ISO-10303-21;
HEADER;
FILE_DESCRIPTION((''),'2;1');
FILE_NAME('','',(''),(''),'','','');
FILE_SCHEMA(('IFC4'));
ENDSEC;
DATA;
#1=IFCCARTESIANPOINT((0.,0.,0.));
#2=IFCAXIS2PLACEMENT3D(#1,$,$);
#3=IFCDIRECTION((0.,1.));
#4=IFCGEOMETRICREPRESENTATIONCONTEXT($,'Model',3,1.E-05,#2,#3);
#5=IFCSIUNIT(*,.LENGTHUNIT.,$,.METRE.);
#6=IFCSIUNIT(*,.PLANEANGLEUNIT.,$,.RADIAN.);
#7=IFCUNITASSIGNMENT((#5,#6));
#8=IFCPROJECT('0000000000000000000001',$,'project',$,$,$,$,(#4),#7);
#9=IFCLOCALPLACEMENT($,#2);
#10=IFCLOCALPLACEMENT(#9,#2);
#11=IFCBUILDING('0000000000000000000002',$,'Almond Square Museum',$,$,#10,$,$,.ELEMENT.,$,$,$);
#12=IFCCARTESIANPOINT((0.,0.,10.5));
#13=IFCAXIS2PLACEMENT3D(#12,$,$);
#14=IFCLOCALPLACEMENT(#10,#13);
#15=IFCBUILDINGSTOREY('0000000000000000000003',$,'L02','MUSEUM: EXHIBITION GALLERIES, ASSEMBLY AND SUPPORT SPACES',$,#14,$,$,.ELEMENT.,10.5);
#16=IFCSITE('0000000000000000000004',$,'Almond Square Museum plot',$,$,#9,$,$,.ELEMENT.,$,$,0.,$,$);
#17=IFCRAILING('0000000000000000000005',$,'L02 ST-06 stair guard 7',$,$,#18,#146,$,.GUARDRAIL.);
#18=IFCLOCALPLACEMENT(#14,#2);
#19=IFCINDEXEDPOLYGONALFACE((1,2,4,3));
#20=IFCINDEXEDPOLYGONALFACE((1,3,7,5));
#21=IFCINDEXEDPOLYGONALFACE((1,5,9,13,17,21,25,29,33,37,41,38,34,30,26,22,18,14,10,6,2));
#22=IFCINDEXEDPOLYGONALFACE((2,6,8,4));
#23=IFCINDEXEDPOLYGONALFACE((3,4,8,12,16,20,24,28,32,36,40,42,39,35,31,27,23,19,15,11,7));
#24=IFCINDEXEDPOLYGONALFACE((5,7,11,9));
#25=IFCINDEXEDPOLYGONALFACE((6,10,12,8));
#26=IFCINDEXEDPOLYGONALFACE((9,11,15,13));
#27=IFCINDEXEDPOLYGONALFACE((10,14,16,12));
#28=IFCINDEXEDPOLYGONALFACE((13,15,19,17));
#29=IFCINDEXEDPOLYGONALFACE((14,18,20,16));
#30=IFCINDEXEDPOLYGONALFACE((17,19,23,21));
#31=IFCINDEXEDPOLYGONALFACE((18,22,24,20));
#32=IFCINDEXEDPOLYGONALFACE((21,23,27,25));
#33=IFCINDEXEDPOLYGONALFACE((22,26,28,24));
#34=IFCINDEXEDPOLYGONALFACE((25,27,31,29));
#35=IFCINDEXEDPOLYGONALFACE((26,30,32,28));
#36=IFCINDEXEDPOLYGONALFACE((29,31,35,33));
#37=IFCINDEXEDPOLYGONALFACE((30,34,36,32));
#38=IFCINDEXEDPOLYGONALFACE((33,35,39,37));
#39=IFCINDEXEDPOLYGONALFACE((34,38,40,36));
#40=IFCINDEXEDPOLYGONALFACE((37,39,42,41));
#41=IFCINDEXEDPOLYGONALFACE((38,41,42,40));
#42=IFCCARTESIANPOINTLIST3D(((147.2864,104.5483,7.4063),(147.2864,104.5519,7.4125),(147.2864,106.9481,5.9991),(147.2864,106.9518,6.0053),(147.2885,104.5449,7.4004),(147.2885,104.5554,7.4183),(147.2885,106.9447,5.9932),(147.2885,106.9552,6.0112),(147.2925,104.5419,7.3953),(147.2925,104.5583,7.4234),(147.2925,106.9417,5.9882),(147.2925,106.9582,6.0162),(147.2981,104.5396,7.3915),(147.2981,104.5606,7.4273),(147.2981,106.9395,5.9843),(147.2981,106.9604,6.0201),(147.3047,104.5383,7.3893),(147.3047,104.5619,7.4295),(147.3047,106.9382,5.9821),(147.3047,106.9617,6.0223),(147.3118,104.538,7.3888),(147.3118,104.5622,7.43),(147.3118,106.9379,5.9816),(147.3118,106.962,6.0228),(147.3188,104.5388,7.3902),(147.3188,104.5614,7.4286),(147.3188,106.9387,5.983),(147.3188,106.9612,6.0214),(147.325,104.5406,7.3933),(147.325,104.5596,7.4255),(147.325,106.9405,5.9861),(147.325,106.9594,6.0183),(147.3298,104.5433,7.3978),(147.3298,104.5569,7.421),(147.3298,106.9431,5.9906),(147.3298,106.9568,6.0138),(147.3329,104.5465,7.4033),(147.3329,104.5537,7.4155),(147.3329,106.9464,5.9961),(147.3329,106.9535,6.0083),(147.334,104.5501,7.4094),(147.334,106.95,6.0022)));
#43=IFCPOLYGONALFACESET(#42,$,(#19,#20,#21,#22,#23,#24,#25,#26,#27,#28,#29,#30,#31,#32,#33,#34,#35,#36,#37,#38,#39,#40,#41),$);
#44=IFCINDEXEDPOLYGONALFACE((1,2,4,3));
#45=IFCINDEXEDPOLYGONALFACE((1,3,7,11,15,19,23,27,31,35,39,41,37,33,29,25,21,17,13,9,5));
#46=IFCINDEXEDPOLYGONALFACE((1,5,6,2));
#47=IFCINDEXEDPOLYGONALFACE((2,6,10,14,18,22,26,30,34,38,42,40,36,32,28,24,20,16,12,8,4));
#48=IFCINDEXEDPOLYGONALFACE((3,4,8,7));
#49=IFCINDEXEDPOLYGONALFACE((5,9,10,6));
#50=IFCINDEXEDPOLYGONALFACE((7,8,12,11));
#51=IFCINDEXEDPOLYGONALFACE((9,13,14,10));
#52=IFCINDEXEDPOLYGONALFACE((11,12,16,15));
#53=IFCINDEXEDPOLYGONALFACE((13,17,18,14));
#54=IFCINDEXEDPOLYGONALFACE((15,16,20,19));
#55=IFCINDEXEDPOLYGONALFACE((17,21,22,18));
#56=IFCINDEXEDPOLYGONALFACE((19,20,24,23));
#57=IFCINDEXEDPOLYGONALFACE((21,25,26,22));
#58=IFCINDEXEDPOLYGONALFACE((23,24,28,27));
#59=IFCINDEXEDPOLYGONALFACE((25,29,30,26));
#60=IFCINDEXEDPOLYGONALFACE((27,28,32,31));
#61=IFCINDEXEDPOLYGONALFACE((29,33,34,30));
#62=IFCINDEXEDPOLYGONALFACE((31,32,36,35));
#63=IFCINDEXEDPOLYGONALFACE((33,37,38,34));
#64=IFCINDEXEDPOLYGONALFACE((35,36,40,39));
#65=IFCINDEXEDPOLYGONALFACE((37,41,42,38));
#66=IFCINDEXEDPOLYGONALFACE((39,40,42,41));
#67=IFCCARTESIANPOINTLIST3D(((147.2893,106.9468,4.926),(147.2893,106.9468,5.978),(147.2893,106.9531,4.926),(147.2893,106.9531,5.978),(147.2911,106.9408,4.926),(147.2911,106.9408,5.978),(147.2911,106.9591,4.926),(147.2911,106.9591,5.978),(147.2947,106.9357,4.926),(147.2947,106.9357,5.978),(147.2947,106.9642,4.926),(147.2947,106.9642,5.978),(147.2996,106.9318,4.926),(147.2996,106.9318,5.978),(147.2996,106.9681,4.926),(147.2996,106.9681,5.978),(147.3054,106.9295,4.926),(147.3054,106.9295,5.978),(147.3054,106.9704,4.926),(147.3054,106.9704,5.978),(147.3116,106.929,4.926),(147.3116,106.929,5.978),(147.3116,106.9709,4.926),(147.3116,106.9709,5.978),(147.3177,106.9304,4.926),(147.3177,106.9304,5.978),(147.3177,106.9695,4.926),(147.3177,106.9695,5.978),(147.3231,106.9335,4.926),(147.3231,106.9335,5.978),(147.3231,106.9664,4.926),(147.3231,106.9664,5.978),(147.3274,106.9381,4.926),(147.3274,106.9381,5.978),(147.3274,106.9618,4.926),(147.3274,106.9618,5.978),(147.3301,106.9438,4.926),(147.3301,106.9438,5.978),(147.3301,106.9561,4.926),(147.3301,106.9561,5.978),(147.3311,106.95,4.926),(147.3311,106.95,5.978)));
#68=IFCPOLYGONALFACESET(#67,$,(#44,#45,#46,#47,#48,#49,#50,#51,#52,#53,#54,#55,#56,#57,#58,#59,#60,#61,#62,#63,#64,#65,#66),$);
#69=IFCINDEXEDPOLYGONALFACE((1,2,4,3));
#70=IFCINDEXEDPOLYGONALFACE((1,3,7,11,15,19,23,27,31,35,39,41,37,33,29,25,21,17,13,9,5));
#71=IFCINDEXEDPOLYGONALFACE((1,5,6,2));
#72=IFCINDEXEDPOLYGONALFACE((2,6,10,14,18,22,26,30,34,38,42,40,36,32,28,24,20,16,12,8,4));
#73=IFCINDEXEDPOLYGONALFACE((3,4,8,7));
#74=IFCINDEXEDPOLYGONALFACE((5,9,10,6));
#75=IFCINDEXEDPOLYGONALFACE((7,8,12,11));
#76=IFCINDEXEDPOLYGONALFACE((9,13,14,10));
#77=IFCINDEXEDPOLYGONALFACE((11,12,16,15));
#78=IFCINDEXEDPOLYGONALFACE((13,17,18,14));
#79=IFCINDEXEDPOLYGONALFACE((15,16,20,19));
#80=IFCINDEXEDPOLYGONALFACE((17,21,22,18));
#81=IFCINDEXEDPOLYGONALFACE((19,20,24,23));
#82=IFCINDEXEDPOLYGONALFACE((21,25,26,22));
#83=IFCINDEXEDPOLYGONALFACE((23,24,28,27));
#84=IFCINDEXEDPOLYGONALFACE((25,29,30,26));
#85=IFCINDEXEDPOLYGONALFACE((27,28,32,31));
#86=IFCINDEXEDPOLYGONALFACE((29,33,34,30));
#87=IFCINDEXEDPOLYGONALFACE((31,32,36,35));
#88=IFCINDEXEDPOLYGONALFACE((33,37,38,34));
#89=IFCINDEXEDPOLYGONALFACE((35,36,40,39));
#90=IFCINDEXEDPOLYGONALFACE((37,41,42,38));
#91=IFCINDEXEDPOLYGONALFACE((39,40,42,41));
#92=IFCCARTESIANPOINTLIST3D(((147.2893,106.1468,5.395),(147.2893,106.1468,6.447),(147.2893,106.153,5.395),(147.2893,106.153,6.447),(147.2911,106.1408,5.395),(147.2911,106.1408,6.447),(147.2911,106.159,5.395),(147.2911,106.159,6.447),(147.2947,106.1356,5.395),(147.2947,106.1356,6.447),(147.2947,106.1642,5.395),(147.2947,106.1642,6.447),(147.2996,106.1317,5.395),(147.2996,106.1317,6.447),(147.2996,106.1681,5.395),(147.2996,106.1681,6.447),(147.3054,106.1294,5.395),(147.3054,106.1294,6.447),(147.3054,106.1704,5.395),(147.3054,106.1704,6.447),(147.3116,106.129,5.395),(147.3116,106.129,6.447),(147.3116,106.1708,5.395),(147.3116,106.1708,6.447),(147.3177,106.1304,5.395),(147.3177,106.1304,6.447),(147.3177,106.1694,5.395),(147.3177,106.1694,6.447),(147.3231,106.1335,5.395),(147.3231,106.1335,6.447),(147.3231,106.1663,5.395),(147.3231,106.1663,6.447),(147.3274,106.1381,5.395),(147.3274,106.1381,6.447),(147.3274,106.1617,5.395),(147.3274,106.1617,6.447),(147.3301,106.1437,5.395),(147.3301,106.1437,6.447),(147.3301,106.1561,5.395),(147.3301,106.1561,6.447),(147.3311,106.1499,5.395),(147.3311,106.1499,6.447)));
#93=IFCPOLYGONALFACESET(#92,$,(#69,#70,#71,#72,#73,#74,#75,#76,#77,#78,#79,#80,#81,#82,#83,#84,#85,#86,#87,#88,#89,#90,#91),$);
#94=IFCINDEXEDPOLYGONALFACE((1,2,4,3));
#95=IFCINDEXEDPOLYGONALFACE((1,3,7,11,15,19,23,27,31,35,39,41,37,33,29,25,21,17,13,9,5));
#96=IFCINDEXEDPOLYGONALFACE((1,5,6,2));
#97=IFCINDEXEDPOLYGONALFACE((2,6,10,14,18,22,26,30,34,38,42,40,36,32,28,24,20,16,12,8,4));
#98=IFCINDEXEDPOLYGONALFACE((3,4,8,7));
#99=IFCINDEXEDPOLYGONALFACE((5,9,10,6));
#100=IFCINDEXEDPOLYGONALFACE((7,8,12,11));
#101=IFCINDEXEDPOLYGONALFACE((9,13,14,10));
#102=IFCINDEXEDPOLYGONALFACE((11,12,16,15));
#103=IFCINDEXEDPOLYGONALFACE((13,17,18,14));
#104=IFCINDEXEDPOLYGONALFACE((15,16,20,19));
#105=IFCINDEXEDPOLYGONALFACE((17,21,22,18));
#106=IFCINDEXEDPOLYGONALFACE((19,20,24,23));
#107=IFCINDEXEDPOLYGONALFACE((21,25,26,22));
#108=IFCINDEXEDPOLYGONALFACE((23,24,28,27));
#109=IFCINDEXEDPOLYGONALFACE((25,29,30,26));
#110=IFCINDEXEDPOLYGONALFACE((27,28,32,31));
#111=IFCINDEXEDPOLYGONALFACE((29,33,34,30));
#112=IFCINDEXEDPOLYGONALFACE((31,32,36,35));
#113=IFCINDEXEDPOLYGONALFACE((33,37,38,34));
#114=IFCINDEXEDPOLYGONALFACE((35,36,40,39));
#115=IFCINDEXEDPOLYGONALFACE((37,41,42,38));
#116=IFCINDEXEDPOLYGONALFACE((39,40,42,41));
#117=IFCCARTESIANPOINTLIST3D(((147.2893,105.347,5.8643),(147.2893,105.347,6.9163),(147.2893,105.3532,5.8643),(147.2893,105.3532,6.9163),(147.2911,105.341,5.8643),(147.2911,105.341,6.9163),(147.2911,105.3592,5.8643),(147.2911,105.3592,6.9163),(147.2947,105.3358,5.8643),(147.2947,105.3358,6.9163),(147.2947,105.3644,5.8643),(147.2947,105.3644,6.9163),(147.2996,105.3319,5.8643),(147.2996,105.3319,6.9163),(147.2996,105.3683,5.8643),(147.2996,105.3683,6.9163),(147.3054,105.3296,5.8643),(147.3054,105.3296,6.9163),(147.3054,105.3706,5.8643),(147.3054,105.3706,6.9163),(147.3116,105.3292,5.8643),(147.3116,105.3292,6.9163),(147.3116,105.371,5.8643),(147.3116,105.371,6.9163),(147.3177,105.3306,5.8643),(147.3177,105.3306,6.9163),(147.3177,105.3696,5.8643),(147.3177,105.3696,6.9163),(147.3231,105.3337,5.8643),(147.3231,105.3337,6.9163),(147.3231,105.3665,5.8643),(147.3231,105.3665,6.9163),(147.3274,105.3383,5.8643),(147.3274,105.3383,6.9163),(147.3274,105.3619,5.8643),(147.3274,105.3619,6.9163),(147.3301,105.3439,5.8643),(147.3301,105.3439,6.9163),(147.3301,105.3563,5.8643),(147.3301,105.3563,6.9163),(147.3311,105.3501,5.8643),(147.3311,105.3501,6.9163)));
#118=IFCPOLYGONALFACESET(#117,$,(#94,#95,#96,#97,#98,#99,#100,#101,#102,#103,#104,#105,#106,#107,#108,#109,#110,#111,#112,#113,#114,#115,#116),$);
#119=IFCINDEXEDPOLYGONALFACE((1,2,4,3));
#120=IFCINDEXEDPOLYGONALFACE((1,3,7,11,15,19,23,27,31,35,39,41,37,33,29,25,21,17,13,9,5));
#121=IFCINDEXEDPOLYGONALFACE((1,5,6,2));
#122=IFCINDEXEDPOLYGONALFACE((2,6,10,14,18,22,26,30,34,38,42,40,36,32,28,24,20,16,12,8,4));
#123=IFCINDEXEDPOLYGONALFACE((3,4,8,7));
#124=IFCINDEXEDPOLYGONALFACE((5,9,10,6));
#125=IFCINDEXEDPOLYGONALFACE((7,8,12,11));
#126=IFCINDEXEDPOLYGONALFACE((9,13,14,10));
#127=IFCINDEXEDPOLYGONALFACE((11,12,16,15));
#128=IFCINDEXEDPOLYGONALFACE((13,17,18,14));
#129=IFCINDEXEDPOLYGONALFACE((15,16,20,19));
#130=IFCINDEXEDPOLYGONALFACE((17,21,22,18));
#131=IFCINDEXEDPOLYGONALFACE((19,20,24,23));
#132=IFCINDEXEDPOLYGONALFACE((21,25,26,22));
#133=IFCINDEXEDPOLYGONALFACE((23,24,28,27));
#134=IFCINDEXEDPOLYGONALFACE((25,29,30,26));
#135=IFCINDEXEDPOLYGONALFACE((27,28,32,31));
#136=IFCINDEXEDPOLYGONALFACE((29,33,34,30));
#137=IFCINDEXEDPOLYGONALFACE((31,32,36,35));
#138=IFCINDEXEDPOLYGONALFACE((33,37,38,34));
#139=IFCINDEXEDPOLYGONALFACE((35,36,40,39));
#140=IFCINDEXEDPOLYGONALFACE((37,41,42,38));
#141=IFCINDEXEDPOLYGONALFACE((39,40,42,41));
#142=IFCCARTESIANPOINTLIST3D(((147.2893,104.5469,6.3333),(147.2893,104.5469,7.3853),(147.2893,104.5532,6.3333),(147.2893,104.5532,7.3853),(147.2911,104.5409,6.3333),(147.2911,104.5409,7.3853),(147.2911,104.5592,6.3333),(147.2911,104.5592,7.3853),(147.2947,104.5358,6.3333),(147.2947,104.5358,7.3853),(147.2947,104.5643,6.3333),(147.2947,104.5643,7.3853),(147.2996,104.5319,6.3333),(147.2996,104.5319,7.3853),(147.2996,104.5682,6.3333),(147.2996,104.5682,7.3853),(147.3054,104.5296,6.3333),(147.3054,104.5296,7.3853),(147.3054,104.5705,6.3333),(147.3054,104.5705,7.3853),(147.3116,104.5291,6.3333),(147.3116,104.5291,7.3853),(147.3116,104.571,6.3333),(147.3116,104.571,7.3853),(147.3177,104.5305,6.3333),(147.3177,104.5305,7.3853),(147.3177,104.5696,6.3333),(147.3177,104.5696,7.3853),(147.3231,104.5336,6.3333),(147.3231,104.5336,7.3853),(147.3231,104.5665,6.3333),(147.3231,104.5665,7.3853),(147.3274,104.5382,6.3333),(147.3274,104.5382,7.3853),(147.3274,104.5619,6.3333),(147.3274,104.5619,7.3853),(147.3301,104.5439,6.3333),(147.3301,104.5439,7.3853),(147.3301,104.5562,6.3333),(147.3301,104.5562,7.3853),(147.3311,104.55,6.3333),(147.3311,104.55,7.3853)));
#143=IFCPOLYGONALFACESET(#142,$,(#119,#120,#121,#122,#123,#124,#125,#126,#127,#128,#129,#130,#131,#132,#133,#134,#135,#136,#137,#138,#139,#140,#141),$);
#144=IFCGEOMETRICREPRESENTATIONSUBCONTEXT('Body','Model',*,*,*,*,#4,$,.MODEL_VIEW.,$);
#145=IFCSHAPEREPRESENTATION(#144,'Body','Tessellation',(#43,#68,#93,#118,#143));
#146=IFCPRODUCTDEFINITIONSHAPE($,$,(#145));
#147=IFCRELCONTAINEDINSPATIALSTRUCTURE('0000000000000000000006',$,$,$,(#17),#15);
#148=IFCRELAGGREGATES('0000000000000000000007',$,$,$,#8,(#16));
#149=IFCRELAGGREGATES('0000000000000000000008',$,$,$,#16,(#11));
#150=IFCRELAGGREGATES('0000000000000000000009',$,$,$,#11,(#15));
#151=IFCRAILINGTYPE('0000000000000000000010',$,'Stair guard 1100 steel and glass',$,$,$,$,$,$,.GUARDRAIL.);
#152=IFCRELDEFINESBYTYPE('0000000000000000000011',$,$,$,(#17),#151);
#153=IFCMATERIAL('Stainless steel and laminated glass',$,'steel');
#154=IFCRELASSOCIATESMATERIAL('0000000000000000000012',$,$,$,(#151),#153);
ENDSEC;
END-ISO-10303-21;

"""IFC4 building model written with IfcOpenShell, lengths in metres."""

from ifc_helpers import new_model, si_unit, direction, frame, origin, origin_2d, place, context, subcontext, project, spatial, circle, extrude, material, type_object, element, save


model = new_model("IFC4")

# Units and contexts
model_context = context("Model", 3, precision=1e-05, world=origin(), true_north=direction((0.0, 1.0)))
body_context = subcontext(model_context, "Body", "Model", "MODEL_VIEW")
ifc_project = project(units=[si_unit("LENGTHUNIT", "METRE"), si_unit("PLANEANGLEUNIT", "RADIAN")], contexts=[model_context])

# Site, building, storey
site_placement = place(None, origin())
site = spatial("IfcSite", under=ifc_project, at=site_placement, Name="Almond Square Museum plot", CompositionType="ELEMENT", RefElevation=0.0)
building_placement = place(site_placement, origin())
building = spatial("IfcBuilding", under=site, at=building_placement, Name="Almond Square Museum", CompositionType="ELEMENT")
storey_placement = place(building_placement, frame((0.0, 0.0, 10.5)))
storey = spatial("IfcBuildingStorey", under=building, at=storey_placement, Name="L02", Description="MUSEUM: EXHIBITION GALLERIES, ASSEMBLY AND SUPPORT SPACES", CompositionType="ELEMENT", Elevation=10.5)

# Railing
ifc_material_1 = material(Name="Stainless steel and laminated glass", Category="steel")
railing_type_1 = type_object("IfcRailingType", Name="Stair guard 1100 steel and glass", PredefinedType="GUARDRAIL", material=ifc_material_1)
railing_1_placement = place(storey_placement, frame((147.3101, 106.95, 4.926)))
element("IfcRailing", 1, at=railing_1_placement, inside=storey, type_object=railing_type_1, Name="L02 ST-06 stair guard 7", PredefinedType="GUARDRAIL", context=body_context, shape_type="SweptSolid", body=[
    extrude(circle(Radius=0.0239, at=origin_2d()), frame((0.0, 0.0, 1.0762), z_axis=(0.0, -0.862637, 0.505823), x_axis=(1.0, 0.0, 0.0)), (0.0, 0.0, 1.0), 2.782),
    extrude(circle(Radius=0.021, at=origin_2d()), origin(), (0.0, 0.0, 1.0), 1.052),
    extrude(circle(Radius=0.021, at=origin_2d()), frame((0.0, -0.8, 0.469)), (0.0, 0.0, 1.0), 1.052),
    extrude(circle(Radius=0.021, at=origin_2d()), frame((0.0, -1.5999, 0.9382)), (0.0, 0.0, 1.0), 1.052),
    extrude(circle(Radius=0.021, at=origin_2d()), frame((0.0, -2.3999, 1.4072)), (0.0, 0.0, 1.0), 1.052),
])

save(model, "model.ifc")
